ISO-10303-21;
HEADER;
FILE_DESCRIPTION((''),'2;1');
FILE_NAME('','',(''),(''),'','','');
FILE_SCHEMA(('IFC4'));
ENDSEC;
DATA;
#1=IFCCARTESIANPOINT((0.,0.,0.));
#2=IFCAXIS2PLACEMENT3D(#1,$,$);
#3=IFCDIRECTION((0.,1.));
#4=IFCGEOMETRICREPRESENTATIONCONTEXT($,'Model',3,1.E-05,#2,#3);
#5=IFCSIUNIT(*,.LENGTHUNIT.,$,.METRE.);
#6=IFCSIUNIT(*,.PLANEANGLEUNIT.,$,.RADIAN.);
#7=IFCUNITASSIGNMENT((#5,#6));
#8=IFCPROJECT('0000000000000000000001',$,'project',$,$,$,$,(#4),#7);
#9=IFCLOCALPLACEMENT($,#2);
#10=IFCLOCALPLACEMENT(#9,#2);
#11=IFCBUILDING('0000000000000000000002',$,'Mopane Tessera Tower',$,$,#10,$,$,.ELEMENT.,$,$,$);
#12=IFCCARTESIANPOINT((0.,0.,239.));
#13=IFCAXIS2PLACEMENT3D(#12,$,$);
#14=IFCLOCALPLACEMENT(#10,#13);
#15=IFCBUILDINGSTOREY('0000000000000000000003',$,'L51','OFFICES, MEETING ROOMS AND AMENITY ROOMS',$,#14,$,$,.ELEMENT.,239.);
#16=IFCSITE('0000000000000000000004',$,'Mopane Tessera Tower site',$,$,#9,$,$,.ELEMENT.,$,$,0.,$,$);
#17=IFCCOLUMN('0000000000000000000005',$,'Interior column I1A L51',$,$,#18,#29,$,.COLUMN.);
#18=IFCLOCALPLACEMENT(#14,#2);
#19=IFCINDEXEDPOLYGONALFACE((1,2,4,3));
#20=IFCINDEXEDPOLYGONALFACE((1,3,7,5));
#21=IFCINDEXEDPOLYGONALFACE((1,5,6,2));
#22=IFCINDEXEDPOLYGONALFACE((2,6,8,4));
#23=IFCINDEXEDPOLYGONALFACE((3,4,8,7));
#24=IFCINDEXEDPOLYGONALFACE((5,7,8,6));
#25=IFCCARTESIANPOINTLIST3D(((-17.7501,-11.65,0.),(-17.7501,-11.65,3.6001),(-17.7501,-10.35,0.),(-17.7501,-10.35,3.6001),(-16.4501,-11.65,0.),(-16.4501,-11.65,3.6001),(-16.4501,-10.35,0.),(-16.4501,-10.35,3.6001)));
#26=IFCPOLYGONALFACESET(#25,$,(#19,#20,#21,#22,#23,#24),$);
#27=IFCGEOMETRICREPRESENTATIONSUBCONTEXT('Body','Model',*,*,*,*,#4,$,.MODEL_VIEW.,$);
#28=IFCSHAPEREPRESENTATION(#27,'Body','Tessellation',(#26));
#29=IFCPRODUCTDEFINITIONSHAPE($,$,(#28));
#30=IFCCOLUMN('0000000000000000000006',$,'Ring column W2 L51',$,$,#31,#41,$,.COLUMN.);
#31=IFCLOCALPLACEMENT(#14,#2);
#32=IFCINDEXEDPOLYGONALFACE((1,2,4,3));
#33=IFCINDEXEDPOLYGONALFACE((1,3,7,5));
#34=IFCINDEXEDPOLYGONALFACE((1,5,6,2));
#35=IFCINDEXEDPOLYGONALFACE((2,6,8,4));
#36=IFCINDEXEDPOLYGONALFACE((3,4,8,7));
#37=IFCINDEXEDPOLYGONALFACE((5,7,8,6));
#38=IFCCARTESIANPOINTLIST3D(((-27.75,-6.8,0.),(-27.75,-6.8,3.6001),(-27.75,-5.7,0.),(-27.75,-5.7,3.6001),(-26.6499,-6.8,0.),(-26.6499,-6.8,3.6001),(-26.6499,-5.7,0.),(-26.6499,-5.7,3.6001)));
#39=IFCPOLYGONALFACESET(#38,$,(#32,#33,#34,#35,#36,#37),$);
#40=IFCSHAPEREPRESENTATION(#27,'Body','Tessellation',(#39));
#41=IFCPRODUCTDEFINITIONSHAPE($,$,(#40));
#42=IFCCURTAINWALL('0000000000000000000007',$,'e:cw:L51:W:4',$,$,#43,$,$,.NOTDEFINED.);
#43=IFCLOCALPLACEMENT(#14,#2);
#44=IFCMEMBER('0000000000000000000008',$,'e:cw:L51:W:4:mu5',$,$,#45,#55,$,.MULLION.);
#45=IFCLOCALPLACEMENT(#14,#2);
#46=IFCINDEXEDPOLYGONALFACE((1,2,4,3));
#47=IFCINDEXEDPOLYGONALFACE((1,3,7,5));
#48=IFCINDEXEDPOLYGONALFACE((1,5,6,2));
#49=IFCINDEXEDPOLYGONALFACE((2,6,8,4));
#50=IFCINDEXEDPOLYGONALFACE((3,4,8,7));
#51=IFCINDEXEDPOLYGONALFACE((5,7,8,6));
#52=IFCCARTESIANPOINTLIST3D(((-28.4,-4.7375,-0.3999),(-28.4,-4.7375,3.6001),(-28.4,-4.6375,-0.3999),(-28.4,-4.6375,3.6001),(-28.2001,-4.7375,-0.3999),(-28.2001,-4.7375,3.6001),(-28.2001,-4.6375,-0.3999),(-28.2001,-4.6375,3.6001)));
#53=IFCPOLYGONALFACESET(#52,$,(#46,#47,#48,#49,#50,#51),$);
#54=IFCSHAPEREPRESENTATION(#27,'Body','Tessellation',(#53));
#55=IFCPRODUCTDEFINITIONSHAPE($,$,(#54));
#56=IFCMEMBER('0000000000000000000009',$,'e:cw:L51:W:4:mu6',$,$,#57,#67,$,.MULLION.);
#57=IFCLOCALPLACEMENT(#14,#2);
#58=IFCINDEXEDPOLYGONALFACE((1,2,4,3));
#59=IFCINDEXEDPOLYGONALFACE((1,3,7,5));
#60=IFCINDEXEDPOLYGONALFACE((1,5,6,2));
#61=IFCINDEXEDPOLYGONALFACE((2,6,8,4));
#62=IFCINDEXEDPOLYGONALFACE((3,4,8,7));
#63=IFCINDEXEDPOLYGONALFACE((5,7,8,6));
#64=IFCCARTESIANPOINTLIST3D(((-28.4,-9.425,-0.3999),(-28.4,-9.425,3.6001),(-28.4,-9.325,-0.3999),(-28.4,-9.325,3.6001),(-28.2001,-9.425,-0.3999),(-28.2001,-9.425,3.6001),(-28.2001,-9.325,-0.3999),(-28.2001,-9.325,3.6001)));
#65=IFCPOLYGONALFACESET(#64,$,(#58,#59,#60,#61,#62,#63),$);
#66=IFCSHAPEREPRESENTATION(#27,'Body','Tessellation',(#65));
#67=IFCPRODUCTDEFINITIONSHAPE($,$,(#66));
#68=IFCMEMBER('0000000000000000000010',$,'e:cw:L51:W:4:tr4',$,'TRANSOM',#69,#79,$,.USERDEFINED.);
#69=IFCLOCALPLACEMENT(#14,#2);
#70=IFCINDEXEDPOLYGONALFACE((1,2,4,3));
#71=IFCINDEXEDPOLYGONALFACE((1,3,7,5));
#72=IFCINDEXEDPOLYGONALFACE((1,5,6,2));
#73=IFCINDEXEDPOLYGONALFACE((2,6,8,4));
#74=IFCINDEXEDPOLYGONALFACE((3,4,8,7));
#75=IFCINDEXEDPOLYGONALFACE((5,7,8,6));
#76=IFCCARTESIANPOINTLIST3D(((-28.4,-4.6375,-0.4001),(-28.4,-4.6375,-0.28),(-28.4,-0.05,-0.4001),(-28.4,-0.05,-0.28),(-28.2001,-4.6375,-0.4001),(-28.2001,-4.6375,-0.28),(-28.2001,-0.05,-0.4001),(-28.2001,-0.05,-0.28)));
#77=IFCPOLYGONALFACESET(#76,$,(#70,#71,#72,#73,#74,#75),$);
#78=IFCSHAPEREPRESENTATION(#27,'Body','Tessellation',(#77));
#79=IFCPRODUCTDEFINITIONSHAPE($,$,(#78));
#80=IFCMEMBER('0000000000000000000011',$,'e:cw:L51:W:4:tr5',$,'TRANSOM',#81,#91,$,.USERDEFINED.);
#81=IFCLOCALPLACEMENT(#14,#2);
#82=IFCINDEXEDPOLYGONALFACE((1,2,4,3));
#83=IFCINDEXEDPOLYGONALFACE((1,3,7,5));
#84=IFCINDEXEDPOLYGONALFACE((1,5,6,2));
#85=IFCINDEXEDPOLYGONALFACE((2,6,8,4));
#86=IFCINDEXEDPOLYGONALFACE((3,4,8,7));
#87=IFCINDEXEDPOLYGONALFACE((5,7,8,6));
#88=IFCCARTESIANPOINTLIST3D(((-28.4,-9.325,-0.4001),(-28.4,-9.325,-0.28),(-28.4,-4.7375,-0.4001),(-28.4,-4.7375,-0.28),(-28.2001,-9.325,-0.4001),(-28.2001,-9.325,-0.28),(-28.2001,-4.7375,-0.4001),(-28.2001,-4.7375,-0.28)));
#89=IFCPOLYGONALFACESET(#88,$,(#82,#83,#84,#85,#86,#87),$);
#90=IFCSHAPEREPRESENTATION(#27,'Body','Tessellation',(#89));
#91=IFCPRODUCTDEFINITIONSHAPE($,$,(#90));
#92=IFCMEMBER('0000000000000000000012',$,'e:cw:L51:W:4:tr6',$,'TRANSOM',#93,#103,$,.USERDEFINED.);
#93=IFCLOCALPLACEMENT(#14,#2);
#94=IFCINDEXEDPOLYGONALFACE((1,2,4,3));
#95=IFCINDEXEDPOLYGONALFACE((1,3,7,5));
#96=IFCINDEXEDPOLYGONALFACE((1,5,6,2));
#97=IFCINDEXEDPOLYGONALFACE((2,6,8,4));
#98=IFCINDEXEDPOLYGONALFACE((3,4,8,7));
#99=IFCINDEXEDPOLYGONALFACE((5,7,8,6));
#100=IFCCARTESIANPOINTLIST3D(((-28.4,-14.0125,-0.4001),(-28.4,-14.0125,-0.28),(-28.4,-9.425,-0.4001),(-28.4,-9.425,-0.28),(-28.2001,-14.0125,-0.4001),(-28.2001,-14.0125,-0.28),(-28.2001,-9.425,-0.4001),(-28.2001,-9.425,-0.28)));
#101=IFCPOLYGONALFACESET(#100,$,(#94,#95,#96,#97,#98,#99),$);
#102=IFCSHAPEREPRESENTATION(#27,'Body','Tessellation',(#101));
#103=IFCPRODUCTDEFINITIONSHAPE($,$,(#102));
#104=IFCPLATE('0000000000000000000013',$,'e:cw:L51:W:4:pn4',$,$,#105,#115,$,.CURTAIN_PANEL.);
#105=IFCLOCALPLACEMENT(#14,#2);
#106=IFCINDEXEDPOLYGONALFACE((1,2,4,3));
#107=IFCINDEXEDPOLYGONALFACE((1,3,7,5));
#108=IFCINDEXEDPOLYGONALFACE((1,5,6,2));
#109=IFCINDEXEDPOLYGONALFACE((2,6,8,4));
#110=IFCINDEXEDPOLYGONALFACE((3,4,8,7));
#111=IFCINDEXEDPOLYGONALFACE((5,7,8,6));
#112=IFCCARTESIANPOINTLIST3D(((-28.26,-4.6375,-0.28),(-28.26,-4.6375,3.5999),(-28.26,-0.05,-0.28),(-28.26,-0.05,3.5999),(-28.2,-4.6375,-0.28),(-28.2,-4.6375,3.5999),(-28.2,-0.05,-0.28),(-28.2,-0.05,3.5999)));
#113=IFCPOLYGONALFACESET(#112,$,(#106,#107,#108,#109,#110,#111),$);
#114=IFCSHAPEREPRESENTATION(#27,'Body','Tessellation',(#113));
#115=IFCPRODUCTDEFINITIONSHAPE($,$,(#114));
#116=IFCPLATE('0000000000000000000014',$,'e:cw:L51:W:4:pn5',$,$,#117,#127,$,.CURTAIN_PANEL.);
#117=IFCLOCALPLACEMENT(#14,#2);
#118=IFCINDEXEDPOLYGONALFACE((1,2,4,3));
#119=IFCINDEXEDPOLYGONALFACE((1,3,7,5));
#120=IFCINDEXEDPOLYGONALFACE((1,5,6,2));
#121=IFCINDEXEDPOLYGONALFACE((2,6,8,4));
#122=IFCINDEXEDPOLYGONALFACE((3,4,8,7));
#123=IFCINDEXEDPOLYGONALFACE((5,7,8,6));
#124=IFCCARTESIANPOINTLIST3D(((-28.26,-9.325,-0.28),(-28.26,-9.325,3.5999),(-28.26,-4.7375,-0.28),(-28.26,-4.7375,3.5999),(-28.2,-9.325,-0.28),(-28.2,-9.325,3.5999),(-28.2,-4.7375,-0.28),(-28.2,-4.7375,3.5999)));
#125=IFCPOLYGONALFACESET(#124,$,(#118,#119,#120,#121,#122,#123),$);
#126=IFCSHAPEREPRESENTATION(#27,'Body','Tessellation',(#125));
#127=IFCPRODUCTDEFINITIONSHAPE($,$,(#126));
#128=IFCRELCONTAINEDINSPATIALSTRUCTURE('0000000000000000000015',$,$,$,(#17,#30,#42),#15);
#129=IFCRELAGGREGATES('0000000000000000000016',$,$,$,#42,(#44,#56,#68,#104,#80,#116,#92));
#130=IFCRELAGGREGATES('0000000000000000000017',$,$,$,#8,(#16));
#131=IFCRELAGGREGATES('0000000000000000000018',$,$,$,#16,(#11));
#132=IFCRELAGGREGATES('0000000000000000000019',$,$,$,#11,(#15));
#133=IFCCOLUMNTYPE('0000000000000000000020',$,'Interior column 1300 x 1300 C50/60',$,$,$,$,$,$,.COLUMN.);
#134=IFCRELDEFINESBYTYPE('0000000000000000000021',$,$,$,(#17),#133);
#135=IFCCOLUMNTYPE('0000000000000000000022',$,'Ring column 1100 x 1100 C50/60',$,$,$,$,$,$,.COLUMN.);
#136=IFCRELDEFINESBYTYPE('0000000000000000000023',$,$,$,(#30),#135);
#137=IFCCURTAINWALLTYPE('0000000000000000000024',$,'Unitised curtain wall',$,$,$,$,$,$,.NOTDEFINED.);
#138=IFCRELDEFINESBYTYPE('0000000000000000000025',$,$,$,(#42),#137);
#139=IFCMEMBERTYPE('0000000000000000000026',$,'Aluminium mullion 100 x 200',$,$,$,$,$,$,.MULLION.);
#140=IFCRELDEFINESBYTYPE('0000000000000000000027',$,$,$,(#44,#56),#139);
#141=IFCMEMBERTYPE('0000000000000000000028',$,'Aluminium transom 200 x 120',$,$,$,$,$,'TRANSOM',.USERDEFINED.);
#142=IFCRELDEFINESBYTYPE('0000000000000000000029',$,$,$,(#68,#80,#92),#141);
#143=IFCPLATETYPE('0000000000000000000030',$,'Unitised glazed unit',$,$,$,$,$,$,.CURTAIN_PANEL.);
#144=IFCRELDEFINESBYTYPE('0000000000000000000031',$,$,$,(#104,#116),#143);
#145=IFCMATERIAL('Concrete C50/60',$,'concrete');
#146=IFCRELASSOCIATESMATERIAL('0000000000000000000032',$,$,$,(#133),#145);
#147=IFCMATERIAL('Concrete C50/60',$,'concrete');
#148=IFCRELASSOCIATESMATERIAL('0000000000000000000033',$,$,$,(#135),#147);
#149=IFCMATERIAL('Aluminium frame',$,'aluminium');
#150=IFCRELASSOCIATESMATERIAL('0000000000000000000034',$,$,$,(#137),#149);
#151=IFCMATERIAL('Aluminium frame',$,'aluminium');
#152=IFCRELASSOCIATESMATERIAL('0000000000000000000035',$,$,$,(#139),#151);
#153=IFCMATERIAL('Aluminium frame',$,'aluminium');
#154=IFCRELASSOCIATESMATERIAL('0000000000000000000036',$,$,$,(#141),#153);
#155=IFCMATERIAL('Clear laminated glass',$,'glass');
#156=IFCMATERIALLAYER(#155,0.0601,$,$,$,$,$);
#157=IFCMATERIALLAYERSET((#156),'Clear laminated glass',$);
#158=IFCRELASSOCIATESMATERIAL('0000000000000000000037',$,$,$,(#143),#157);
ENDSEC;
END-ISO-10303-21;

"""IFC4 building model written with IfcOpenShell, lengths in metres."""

from ifc_helpers import new_model, si_unit, direction, frame, origin, origin_2d, place, context, subcontext, project, spatial, rectangle, extrude, material, layer, layer_set, material_profile, profile_set, type_object, element, aggregate, save


model = new_model("IFC4")

# Units and contexts
model_context = context("Model", 3, precision=1e-05, world=origin(), true_north=direction((0.0, 1.0)))
body_context = subcontext(model_context, "Body", "Model", "MODEL_VIEW")
ifc_project = project(units=[si_unit("LENGTHUNIT", "METRE"), si_unit("PLANEANGLEUNIT", "RADIAN")], contexts=[model_context])

# Site, building, storey
site_placement = place(None, origin())
site = spatial("IfcSite", under=ifc_project, at=site_placement, Name="Mopane Tessera Tower site", CompositionType="ELEMENT", RefElevation=0.0)
building_placement = place(site_placement, origin())
building = spatial("IfcBuilding", under=site, at=building_placement, Name="Mopane Tessera Tower", CompositionType="ELEMENT")
storey_placement = place(building_placement, frame((0.0, 0.0, 239.0)))
storey = spatial("IfcBuildingStorey", under=building, at=storey_placement, Name="L51", Description="OFFICES, MEETING ROOMS AND AMENITY ROOMS", CompositionType="ELEMENT", Elevation=239.0)

# Columns
ifc_material_1 = material(Name="Concrete C50/60", Category="concrete")
ifc_material_profile_1 = material_profile(ifc_material_1, rectangle(XDim=1.3, YDim=1.3, at=origin_2d()))
ifc_profile_set_1 = profile_set([ifc_material_profile_1], Name="Concrete C50/60")
column_type_1 = type_object("IfcColumnType", Name="Interior column 1300 x 1300 C50/60", PredefinedType="COLUMN", material=ifc_profile_set_1)
column_1_placement = place(storey_placement, frame((-17.1001, -11.0, 0.0), z_axis=(0.0, 0.0, 1.0), x_axis=(1.0, 0.0, 0.0)))
element("IfcColumn", 1, at=column_1_placement, inside=storey, type_object=column_type_1, Name="Interior column I1A L51", PredefinedType="COLUMN", context=body_context, shape_type="SweptSolid", body=[
    extrude(rectangle(XDim=1.3, YDim=1.3, at=origin_2d()), origin(), (0.0, 0.0, 1.0), 3.6001),
])
ifc_material_2 = material(Name="Concrete C50/60", Category="concrete")
ifc_material_profile_2 = material_profile(ifc_material_2, rectangle(XDim=1.1001, YDim=1.1001, at=origin_2d()))
ifc_profile_set_2 = profile_set([ifc_material_profile_2], Name="Concrete C50/60")
column_type_2 = type_object("IfcColumnType", Name="Ring column 1100 x 1100 C50/60", PredefinedType="COLUMN", material=ifc_profile_set_2)
column_2_placement = place(storey_placement, frame((-27.2, -6.25, 0.0), z_axis=(0.0, 0.0, 1.0), x_axis=(1.0, 0.0, 0.0)))
element("IfcColumn", 2, at=column_2_placement, inside=storey, type_object=column_type_2, Name="Ring column W2 L51", PredefinedType="COLUMN", context=body_context, shape_type="SweptSolid", body=[
    extrude(rectangle(XDim=1.1001, YDim=1.1001, at=origin_2d()), origin(), (0.0, 0.0, 1.0), 3.6001),
])

# Curtain wall, members, plates
ifc_material_3 = material(Name="Aluminium frame", Category="aluminium")
curtain_wall_type = type_object("IfcCurtainWallType", Name="Unitised curtain wall", PredefinedType="NOTDEFINED", material=ifc_material_3)
curtain_wall_placement = place(storey_placement, origin())
curtain_wall = element("IfcCurtainWall", 3, at=curtain_wall_placement, inside=storey, type_object=curtain_wall_type, Name="e:cw:L51:W:4", PredefinedType="NOTDEFINED")
ifc_material_4 = material(Name="Aluminium frame", Category="aluminium")
ifc_material_profile_3 = material_profile(ifc_material_4, rectangle(XDim=0.1001, YDim=0.2, at=origin_2d()))
ifc_profile_set_3 = profile_set([ifc_material_profile_3], Name="Aluminium frame")
member_type_1 = type_object("IfcMemberType", Name="Aluminium mullion 100 x 200", PredefinedType="MULLION", material=ifc_profile_set_3)
member_1_placement = place(storey_placement, frame((-28.3, -4.6875, -0.3999), z_axis=(0.0, 0.0, 1.0), x_axis=(0.0, -1.0, 0.0)))
member_1 = element("IfcMember", 4, at=member_1_placement, type_object=member_type_1, Name="e:cw:L51:W:4:mu5", PredefinedType="MULLION", context=body_context, shape_type="SweptSolid", body=[
    extrude(rectangle(XDim=0.1001, YDim=0.2, at=origin_2d()), origin(), (0.0, 0.0, 1.0), 4.0),
])
member_2_placement = place(storey_placement, frame((-28.3, -9.375, -0.3999), z_axis=(0.0, 0.0, 1.0), x_axis=(0.0, -1.0, 0.0)))
member_2 = element("IfcMember", 5, at=member_2_placement, type_object=member_type_1, Name="e:cw:L51:W:4:mu6", PredefinedType="MULLION", context=body_context, shape_type="SweptSolid", body=[
    extrude(rectangle(XDim=0.1001, YDim=0.2, at=origin_2d()), origin(), (0.0, 0.0, 1.0), 4.0),
])
ifc_material_5 = material(Name="Aluminium frame", Category="aluminium")
ifc_material_profile_4 = material_profile(ifc_material_5, rectangle(XDim=0.2, YDim=0.1201, at=origin_2d()))
ifc_profile_set_4 = profile_set([ifc_material_profile_4], Name="Aluminium frame")
member_type_2 = type_object("IfcMemberType", Name="Aluminium transom 200 x 120", ElementType="TRANSOM", PredefinedType="USERDEFINED", material=ifc_profile_set_4)
member_3_placement = place(storey_placement, frame((-28.3, -0.05, -0.3401), z_axis=(0.0, -1.0, 0.0), x_axis=(1.0, 0.0, 0.0)))
member_3 = element("IfcMember", 6, at=member_3_placement, type_object=member_type_2, Name="e:cw:L51:W:4:tr4", ObjectType="TRANSOM", PredefinedType="USERDEFINED", context=body_context, shape_type="SweptSolid", body=[
    extrude(rectangle(XDim=0.2, YDim=0.1201, at=origin_2d()), origin(), (0.0, 0.0, 1.0), 4.5874),
])
member_4_placement = place(storey_placement, frame((-28.3, -4.7375, -0.3401), z_axis=(0.0, -1.0, 0.0), x_axis=(1.0, 0.0, 0.0)))
member_4 = element("IfcMember", 7, at=member_4_placement, type_object=member_type_2, Name="e:cw:L51:W:4:tr5", ObjectType="TRANSOM", PredefinedType="USERDEFINED", context=body_context, shape_type="SweptSolid", body=[
    extrude(rectangle(XDim=0.2, YDim=0.1201, at=origin_2d()), origin(), (0.0, 0.0, 1.0), 4.5874),
])
member_5_placement = place(storey_placement, frame((-28.3, -9.425, -0.3401), z_axis=(0.0, -1.0, 0.0), x_axis=(1.0, 0.0, 0.0)))
member_5 = element("IfcMember", 8, at=member_5_placement, type_object=member_type_2, Name="e:cw:L51:W:4:tr6", ObjectType="TRANSOM", PredefinedType="USERDEFINED", context=body_context, shape_type="SweptSolid", body=[
    extrude(rectangle(XDim=0.2, YDim=0.1201, at=origin_2d()), origin(), (0.0, 0.0, 1.0), 4.5874),
])
ifc_material_6 = material(Name="Clear laminated glass", Category="glass")
ifc_layer_1 = layer(ifc_material_6, 0.0601)
ifc_layer_set_1 = layer_set([ifc_layer_1], Name="Clear laminated glass")
plate_type = type_object("IfcPlateType", Name="Unitised glazed unit", PredefinedType="CURTAIN_PANEL", material=ifc_layer_set_1)
plate_1_placement = place(storey_placement, frame((-28.23, -2.3438, -0.28), z_axis=(0.0, 0.0, 1.0), x_axis=(0.0, -1.0, 0.0)))
plate_1 = element("IfcPlate", 9, at=plate_1_placement, type_object=plate_type, Name="e:cw:L51:W:4:pn4", PredefinedType="CURTAIN_PANEL", context=body_context, shape_type="SweptSolid", body=[
    extrude(rectangle(XDim=4.5874, YDim=0.0601, at=origin_2d()), origin(), (0.0, 0.0, 1.0), 3.8799),
])
plate_2_placement = place(storey_placement, frame((-28.23, -7.0312, -0.28), z_axis=(0.0, 0.0, 1.0), x_axis=(0.0, -1.0, 0.0)))
plate_2 = element("IfcPlate", 10, at=plate_2_placement, type_object=plate_type, Name="e:cw:L51:W:4:pn5", PredefinedType="CURTAIN_PANEL", context=body_context, shape_type="SweptSolid", body=[
    extrude(rectangle(XDim=4.5874, YDim=0.0601, at=origin_2d()), origin(), (0.0, 0.0, 1.0), 3.8799),
])
aggregate(curtain_wall, [member_1, member_2, member_3, plate_1, member_4, plate_2, member_5])

save(model, "model.ifc")
